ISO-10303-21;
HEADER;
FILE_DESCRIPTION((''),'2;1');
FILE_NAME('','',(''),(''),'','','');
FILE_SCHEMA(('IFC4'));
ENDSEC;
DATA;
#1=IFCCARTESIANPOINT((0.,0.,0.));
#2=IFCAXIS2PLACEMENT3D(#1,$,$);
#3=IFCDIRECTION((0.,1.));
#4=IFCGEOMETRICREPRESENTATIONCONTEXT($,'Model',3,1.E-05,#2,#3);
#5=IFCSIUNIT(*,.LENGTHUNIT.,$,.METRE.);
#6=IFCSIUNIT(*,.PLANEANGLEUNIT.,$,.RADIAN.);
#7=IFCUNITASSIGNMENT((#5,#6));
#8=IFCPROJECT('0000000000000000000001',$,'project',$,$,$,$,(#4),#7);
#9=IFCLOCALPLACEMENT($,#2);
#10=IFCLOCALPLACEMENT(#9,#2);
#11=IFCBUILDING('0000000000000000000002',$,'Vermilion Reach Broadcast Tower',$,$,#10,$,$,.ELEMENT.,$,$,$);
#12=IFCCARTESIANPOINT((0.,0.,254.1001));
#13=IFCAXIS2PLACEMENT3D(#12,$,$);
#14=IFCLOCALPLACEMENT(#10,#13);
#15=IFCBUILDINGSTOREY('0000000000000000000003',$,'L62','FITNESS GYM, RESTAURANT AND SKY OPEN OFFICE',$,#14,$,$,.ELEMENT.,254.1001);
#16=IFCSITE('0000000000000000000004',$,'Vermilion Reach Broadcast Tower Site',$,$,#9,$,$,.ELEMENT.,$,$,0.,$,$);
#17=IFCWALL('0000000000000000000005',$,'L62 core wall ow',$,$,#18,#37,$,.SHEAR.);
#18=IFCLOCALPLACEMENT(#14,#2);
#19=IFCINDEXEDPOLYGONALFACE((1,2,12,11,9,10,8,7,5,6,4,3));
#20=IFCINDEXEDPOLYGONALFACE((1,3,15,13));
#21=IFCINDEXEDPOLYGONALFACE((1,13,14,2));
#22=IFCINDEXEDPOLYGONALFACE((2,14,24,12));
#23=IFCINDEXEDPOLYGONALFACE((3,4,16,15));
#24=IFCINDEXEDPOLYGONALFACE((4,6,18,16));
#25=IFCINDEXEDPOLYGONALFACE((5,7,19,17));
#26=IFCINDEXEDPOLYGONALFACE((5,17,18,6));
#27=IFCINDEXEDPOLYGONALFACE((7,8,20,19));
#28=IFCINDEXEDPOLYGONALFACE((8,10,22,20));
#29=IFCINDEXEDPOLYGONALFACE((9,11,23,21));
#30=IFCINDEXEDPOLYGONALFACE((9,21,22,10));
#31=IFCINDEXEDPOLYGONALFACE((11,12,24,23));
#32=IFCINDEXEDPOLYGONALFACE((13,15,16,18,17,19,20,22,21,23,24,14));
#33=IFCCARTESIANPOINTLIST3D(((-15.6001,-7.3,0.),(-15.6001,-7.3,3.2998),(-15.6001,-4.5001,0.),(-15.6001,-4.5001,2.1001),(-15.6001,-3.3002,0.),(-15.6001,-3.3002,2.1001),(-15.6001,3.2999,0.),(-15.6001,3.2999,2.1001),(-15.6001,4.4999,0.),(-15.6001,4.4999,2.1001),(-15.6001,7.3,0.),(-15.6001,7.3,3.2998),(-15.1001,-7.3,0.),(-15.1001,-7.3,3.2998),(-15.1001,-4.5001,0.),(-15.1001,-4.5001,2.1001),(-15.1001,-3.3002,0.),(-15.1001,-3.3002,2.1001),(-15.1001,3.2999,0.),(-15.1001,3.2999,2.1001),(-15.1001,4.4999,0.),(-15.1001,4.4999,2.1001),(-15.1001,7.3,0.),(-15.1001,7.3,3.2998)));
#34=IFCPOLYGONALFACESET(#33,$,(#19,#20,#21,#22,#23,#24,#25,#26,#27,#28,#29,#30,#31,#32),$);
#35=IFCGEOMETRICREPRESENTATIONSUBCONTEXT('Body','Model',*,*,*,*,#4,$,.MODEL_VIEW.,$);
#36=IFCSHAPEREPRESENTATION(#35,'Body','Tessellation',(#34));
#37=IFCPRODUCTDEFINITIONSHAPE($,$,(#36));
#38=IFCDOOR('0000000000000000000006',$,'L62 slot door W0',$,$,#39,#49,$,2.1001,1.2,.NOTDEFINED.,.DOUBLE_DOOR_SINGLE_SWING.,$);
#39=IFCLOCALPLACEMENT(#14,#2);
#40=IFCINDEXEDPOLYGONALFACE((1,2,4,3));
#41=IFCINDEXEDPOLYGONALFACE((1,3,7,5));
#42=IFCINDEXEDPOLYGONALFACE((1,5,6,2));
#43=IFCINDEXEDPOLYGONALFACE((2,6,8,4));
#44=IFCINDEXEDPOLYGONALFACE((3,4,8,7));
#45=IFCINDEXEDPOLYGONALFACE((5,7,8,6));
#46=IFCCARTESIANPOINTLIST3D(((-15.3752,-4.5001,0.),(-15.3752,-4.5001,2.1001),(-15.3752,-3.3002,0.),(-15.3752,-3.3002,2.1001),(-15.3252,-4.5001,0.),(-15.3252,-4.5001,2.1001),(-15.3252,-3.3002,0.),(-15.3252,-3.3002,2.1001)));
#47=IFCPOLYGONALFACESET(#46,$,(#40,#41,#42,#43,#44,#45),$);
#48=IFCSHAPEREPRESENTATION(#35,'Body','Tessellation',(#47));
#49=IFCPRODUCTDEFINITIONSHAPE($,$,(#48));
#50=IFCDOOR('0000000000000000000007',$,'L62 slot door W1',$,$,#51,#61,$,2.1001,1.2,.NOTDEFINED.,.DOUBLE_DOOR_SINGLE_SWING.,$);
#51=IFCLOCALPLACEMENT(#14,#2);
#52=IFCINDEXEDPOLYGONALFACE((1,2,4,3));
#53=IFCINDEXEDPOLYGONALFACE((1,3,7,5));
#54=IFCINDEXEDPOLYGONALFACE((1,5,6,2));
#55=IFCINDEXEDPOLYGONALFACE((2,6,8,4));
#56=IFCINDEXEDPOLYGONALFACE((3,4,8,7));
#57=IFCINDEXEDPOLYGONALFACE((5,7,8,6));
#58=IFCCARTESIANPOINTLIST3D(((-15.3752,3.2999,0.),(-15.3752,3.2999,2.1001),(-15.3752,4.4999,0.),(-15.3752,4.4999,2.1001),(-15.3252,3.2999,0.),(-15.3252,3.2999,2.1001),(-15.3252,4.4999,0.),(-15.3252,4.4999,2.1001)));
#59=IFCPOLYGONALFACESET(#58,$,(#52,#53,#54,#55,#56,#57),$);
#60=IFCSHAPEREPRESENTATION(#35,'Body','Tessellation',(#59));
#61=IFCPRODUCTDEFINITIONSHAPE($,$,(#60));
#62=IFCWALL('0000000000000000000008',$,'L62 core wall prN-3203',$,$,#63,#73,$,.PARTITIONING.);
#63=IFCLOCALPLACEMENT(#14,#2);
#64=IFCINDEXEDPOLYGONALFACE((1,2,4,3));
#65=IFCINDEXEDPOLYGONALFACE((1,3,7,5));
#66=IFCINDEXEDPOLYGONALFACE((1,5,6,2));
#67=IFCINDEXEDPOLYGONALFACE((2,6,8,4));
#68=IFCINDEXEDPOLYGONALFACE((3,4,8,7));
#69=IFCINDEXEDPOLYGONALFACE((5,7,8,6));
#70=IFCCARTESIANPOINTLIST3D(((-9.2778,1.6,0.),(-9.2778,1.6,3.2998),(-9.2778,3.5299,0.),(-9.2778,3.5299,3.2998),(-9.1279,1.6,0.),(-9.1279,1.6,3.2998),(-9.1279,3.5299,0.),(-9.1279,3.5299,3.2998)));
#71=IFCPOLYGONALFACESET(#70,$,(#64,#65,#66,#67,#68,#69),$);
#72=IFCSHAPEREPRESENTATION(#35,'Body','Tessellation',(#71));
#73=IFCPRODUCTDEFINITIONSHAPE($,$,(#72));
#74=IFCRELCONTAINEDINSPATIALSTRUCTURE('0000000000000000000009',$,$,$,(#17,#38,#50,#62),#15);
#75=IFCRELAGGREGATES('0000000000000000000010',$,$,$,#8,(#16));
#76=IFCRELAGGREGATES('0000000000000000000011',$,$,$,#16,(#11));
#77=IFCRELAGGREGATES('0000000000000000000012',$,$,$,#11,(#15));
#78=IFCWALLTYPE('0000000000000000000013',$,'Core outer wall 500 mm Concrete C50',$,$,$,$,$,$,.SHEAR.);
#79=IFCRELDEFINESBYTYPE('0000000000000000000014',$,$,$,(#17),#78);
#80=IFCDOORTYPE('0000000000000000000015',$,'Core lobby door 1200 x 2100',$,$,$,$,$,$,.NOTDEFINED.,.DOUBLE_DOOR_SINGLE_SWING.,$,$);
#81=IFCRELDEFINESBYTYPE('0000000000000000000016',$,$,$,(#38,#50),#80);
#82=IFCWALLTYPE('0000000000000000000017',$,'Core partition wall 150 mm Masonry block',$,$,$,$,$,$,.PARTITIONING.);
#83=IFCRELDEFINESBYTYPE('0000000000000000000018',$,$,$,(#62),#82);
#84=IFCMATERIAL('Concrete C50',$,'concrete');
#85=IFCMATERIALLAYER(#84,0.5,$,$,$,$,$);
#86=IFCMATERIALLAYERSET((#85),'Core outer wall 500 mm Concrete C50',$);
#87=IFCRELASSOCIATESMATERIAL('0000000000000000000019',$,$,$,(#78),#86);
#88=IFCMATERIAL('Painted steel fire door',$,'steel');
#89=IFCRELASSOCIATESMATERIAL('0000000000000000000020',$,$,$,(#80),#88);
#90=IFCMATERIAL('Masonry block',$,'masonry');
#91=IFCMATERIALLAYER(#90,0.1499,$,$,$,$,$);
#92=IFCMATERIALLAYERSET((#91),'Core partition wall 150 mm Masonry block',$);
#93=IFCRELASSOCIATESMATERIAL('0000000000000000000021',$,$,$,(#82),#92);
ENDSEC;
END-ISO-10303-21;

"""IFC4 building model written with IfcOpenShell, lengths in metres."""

from ifc_helpers import new_model, si_unit, direction, frame, frame_2d, origin, place, context, subcontext, project, spatial, rectangle, extrude, material, layer, layer_set, type_object, element, fill, save


model = new_model("IFC4")

# Units and contexts
model_context = context("Model", 3, precision=1e-05, world=origin(), true_north=direction((0.0, 1.0)))
body_context = subcontext(model_context, "Body", "Model", "MODEL_VIEW")
ifc_project = project(units=[si_unit("LENGTHUNIT", "METRE"), si_unit("PLANEANGLEUNIT", "RADIAN")], contexts=[model_context])

# Site, building, storey
site_placement = place(None, origin())
site = spatial("IfcSite", under=ifc_project, at=site_placement, Name="Vermilion Reach Broadcast Tower Site", CompositionType="ELEMENT", RefElevation=0.0)
building_placement = place(site_placement, origin())
building = spatial("IfcBuilding", under=site, at=building_placement, Name="Vermilion Reach Broadcast Tower", CompositionType="ELEMENT")
storey_placement = place(building_placement, frame((0.0, 0.0, 254.1001)))
storey = spatial("IfcBuildingStorey", under=building, at=storey_placement, Name="L62", Description="FITNESS GYM, RESTAURANT AND SKY OPEN OFFICE", CompositionType="ELEMENT", Elevation=254.1001)

# Shared definitions
ifc_material_1 = material(Name="Concrete C50", Category="concrete")
ifc_layer_1 = layer(ifc_material_1, 0.5)
ifc_layer_set_1 = layer_set([ifc_layer_1], Name="Core outer wall 500 mm Concrete C50")
wall_type_1 = type_object("IfcWallType", Name="Core outer wall 500 mm Concrete C50", PredefinedType="SHEAR", material=ifc_layer_set_1)

# Wall, openings, doors
wall_1_placement = place(storey_placement, frame((-15.3501, 7.3, 0.0), z_axis=(0.0, 0.0, 1.0), x_axis=(0.0, -1.0, 0.0)))
wall_1 = element("IfcWall", 1, at=wall_1_placement, inside=storey, type_object=wall_type_1, Name="L62 core wall ow", PredefinedType="SHEAR", context=body_context, shape_type="SweptSolid", body=[
    extrude(rectangle(XDim=14.6001, YDim=0.5, at=frame_2d((7.3, 0.0))), origin(), (0.0, 0.0, 1.0), 3.2998),
])
opening_1_placement = place(wall_1_placement, frame((10.6001, 0.0, 0.0)))
opening_1 = element("IfcOpeningElement", 2, at=opening_1_placement, cuts=wall_1, PredefinedType="OPENING", context=body_context, shape_type="SweptSolid", body=[
    extrude(rectangle(XDim=1.2, YDim=2.1001, at=frame_2d((0.6001, 1.05))), frame((0.0, 0.26, 0.0), z_axis=(0.0, -1.0, 0.0), x_axis=(1.0, 0.0, 0.0)), (0.0, 0.0, 1.0), 0.52),
])
opening_2_placement = place(wall_1_placement, frame((2.8, 0.0, 0.0)))
opening_2 = element("IfcOpeningElement", 3, at=opening_2_placement, cuts=wall_1, PredefinedType="OPENING", context=body_context, shape_type="SweptSolid", body=[
    extrude(rectangle(XDim=1.2, YDim=2.1001, at=frame_2d((0.6001, 1.05))), frame((0.0, 0.26, 0.0), z_axis=(0.0, -1.0, 0.0), x_axis=(1.0, 0.0, 0.0)), (0.0, 0.0, 1.0), 0.52),
])
ifc_material_2 = material(Name="Painted steel fire door", Category="steel")
door_type_1 = type_object("IfcDoorType", Name="Core lobby door 1200 x 2100", OperationType="DOUBLE_DOOR_SINGLE_SWING", PredefinedType="NOTDEFINED", material=ifc_material_2)
door_1_placement = place(opening_1_placement, origin())
door_1 = element("IfcDoor", 4, at=door_1_placement, inside=storey, type_object=door_type_1, Name="L62 slot door W0", OperationType="DOUBLE_DOOR_SINGLE_SWING", OverallHeight=2.1001, OverallWidth=1.2, PredefinedType="NOTDEFINED", context=body_context, shape_type="SweptSolid", body=[
    extrude(rectangle(XDim=1.2, YDim=2.1001, at=frame_2d((0.6001, 1.05))), frame((0.0, 0.0249, 0.0), z_axis=(0.0, -1.0, 0.0), x_axis=(1.0, 0.0, 0.0)), (0.0, 0.0, 1.0), 0.05),
])
fill(opening_1, door_1)
door_2_placement = place(opening_2_placement, origin())
door_2 = element("IfcDoor", 5, at=door_2_placement, inside=storey, type_object=door_type_1, Name="L62 slot door W1", OperationType="DOUBLE_DOOR_SINGLE_SWING", OverallHeight=2.1001, OverallWidth=1.2, PredefinedType="NOTDEFINED", context=body_context, shape_type="SweptSolid", body=[
    extrude(rectangle(XDim=1.2, YDim=2.1001, at=frame_2d((0.6001, 1.05))), frame((0.0, 0.0249, 0.0), z_axis=(0.0, -1.0, 0.0), x_axis=(1.0, 0.0, 0.0)), (0.0, 0.0, 1.0), 0.05),
])
fill(opening_2, door_2)

# Wall
ifc_material_3 = material(Name="Masonry block", Category="masonry")
ifc_layer_2 = layer(ifc_material_3, 0.1499)
ifc_layer_set_2 = layer_set([ifc_layer_2], Name="Core partition wall 150 mm Masonry block")
wall_type_2 = type_object("IfcWallType", Name="Core partition wall 150 mm Masonry block", PredefinedType="PARTITIONING", material=ifc_layer_set_2)
wall_2_placement = place(storey_placement, frame((-9.2029, 1.6001, 0.0), z_axis=(0.0, 0.0, 1.0), x_axis=(0.0, 1.0, 0.0)))
element("IfcWall", 6, at=wall_2_placement, inside=storey, type_object=wall_type_2, Name="L62 core wall prN-3203", PredefinedType="PARTITIONING", context=body_context, shape_type="SweptSolid", body=[
    extrude(rectangle(XDim=1.9299, YDim=0.1499, at=frame_2d((0.9648, 0.0))), origin(), (0.0, 0.0, 1.0), 3.2998),
])

save(model, "model.ifc")
